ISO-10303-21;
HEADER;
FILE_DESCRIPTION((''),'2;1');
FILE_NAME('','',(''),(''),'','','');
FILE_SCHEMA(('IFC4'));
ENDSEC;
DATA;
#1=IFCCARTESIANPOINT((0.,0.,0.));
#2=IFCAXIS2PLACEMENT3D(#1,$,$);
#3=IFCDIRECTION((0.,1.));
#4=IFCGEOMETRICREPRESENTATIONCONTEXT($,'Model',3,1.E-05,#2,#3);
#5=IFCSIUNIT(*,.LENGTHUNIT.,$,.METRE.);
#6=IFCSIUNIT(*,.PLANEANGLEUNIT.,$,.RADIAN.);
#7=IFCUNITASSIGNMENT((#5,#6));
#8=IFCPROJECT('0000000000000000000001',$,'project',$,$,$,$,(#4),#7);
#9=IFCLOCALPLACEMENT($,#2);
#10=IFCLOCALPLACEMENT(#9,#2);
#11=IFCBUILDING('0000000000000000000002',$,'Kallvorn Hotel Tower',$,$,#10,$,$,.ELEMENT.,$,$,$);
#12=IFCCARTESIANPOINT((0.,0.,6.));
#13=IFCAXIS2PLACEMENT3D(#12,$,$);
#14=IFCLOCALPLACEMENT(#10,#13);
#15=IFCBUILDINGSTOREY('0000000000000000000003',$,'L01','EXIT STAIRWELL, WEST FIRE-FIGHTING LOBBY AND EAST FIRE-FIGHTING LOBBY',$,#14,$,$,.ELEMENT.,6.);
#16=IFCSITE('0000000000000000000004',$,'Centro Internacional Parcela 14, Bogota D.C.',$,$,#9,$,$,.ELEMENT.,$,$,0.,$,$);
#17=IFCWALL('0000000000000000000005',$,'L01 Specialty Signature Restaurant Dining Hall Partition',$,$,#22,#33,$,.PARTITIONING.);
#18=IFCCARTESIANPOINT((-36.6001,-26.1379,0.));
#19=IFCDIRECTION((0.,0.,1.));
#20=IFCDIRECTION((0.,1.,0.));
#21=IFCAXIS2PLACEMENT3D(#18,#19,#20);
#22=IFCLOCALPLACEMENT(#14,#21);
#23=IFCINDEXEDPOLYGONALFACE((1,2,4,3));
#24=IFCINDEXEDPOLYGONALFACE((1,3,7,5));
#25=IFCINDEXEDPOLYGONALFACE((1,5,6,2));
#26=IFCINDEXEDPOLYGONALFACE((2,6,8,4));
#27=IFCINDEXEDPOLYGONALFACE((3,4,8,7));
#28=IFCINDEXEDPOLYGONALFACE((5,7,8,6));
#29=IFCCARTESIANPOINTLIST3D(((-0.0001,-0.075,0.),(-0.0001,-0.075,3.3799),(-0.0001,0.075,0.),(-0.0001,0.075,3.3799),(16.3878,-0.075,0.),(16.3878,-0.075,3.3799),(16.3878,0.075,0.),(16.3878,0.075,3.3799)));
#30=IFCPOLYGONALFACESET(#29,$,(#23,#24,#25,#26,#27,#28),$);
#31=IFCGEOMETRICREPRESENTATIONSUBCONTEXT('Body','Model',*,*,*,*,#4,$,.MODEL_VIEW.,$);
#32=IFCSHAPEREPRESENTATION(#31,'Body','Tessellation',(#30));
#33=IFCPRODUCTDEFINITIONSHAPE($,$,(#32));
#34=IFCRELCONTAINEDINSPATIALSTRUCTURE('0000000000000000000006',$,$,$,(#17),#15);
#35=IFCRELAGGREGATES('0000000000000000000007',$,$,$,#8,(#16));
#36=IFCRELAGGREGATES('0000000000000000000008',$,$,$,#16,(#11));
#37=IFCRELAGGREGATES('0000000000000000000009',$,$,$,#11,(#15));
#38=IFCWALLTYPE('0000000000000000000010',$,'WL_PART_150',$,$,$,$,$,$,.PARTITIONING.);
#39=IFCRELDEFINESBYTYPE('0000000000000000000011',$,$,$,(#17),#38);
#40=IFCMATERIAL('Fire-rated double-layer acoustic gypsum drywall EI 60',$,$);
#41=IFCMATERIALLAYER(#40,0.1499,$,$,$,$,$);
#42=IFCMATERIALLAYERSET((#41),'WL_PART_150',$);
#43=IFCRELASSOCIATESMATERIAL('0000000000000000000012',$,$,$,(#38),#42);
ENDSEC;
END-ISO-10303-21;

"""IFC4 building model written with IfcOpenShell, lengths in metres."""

from ifc_helpers import new_model, si_unit, direction, frame, frame_2d, origin, place, context, subcontext, project, spatial, rectangle, extrude, material, layer, layer_set, type_object, element, save


model = new_model("IFC4")

# Units and contexts
model_context = context("Model", 3, precision=1e-05, world=origin(), true_north=direction((0.0, 1.0)))
body_context = subcontext(model_context, "Body", "Model", "MODEL_VIEW")
ifc_project = project(units=[si_unit("LENGTHUNIT", "METRE"), si_unit("PLANEANGLEUNIT", "RADIAN")], contexts=[model_context])

# Site, building, storey
site_placement = place(None, origin())
site = spatial("IfcSite", under=ifc_project, at=site_placement, Name="Centro Internacional Parcela 14, Bogota D.C.", CompositionType="ELEMENT", RefElevation=0.0)
building_placement = place(site_placement, origin())
building = spatial("IfcBuilding", under=site, at=building_placement, Name="Kallvorn Hotel Tower", CompositionType="ELEMENT")
storey_placement = place(building_placement, frame((0.0, 0.0, 6.0)))
storey = spatial("IfcBuildingStorey", under=building, at=storey_placement, Name="L01", Description="EXIT STAIRWELL, WEST FIRE-FIGHTING LOBBY AND EAST FIRE-FIGHTING LOBBY", CompositionType="ELEMENT", Elevation=6.0)

# Wall
ifc_material_1 = material(Name="Fire-rated double-layer acoustic gypsum drywall EI 60")
ifc_layer_1 = layer(ifc_material_1, 0.1499)
ifc_layer_set_1 = layer_set([ifc_layer_1], Name="WL_PART_150")
wall_type_1 = type_object("IfcWallType", Name="WL_PART_150", PredefinedType="PARTITIONING", material=ifc_layer_set_1)
wall_1_placement = place(storey_placement, frame((-36.6001, -26.1379, 0.0), z_axis=(0.0, 0.0, 1.0), x_axis=(0.0, 1.0, 0.0)))
element("IfcWall", 1, at=wall_1_placement, inside=storey, type_object=wall_type_1, Name="L01 Specialty Signature Restaurant Dining Hall Partition", PredefinedType="PARTITIONING", context=body_context, shape_type="SweptSolid", body=[
    extrude(rectangle(XDim=16.3879, YDim=0.1499, at=frame_2d((8.1938, 0.0))), origin(), (0.0, 0.0, 1.0), 3.3799),
])

save(model, "model.ifc")
